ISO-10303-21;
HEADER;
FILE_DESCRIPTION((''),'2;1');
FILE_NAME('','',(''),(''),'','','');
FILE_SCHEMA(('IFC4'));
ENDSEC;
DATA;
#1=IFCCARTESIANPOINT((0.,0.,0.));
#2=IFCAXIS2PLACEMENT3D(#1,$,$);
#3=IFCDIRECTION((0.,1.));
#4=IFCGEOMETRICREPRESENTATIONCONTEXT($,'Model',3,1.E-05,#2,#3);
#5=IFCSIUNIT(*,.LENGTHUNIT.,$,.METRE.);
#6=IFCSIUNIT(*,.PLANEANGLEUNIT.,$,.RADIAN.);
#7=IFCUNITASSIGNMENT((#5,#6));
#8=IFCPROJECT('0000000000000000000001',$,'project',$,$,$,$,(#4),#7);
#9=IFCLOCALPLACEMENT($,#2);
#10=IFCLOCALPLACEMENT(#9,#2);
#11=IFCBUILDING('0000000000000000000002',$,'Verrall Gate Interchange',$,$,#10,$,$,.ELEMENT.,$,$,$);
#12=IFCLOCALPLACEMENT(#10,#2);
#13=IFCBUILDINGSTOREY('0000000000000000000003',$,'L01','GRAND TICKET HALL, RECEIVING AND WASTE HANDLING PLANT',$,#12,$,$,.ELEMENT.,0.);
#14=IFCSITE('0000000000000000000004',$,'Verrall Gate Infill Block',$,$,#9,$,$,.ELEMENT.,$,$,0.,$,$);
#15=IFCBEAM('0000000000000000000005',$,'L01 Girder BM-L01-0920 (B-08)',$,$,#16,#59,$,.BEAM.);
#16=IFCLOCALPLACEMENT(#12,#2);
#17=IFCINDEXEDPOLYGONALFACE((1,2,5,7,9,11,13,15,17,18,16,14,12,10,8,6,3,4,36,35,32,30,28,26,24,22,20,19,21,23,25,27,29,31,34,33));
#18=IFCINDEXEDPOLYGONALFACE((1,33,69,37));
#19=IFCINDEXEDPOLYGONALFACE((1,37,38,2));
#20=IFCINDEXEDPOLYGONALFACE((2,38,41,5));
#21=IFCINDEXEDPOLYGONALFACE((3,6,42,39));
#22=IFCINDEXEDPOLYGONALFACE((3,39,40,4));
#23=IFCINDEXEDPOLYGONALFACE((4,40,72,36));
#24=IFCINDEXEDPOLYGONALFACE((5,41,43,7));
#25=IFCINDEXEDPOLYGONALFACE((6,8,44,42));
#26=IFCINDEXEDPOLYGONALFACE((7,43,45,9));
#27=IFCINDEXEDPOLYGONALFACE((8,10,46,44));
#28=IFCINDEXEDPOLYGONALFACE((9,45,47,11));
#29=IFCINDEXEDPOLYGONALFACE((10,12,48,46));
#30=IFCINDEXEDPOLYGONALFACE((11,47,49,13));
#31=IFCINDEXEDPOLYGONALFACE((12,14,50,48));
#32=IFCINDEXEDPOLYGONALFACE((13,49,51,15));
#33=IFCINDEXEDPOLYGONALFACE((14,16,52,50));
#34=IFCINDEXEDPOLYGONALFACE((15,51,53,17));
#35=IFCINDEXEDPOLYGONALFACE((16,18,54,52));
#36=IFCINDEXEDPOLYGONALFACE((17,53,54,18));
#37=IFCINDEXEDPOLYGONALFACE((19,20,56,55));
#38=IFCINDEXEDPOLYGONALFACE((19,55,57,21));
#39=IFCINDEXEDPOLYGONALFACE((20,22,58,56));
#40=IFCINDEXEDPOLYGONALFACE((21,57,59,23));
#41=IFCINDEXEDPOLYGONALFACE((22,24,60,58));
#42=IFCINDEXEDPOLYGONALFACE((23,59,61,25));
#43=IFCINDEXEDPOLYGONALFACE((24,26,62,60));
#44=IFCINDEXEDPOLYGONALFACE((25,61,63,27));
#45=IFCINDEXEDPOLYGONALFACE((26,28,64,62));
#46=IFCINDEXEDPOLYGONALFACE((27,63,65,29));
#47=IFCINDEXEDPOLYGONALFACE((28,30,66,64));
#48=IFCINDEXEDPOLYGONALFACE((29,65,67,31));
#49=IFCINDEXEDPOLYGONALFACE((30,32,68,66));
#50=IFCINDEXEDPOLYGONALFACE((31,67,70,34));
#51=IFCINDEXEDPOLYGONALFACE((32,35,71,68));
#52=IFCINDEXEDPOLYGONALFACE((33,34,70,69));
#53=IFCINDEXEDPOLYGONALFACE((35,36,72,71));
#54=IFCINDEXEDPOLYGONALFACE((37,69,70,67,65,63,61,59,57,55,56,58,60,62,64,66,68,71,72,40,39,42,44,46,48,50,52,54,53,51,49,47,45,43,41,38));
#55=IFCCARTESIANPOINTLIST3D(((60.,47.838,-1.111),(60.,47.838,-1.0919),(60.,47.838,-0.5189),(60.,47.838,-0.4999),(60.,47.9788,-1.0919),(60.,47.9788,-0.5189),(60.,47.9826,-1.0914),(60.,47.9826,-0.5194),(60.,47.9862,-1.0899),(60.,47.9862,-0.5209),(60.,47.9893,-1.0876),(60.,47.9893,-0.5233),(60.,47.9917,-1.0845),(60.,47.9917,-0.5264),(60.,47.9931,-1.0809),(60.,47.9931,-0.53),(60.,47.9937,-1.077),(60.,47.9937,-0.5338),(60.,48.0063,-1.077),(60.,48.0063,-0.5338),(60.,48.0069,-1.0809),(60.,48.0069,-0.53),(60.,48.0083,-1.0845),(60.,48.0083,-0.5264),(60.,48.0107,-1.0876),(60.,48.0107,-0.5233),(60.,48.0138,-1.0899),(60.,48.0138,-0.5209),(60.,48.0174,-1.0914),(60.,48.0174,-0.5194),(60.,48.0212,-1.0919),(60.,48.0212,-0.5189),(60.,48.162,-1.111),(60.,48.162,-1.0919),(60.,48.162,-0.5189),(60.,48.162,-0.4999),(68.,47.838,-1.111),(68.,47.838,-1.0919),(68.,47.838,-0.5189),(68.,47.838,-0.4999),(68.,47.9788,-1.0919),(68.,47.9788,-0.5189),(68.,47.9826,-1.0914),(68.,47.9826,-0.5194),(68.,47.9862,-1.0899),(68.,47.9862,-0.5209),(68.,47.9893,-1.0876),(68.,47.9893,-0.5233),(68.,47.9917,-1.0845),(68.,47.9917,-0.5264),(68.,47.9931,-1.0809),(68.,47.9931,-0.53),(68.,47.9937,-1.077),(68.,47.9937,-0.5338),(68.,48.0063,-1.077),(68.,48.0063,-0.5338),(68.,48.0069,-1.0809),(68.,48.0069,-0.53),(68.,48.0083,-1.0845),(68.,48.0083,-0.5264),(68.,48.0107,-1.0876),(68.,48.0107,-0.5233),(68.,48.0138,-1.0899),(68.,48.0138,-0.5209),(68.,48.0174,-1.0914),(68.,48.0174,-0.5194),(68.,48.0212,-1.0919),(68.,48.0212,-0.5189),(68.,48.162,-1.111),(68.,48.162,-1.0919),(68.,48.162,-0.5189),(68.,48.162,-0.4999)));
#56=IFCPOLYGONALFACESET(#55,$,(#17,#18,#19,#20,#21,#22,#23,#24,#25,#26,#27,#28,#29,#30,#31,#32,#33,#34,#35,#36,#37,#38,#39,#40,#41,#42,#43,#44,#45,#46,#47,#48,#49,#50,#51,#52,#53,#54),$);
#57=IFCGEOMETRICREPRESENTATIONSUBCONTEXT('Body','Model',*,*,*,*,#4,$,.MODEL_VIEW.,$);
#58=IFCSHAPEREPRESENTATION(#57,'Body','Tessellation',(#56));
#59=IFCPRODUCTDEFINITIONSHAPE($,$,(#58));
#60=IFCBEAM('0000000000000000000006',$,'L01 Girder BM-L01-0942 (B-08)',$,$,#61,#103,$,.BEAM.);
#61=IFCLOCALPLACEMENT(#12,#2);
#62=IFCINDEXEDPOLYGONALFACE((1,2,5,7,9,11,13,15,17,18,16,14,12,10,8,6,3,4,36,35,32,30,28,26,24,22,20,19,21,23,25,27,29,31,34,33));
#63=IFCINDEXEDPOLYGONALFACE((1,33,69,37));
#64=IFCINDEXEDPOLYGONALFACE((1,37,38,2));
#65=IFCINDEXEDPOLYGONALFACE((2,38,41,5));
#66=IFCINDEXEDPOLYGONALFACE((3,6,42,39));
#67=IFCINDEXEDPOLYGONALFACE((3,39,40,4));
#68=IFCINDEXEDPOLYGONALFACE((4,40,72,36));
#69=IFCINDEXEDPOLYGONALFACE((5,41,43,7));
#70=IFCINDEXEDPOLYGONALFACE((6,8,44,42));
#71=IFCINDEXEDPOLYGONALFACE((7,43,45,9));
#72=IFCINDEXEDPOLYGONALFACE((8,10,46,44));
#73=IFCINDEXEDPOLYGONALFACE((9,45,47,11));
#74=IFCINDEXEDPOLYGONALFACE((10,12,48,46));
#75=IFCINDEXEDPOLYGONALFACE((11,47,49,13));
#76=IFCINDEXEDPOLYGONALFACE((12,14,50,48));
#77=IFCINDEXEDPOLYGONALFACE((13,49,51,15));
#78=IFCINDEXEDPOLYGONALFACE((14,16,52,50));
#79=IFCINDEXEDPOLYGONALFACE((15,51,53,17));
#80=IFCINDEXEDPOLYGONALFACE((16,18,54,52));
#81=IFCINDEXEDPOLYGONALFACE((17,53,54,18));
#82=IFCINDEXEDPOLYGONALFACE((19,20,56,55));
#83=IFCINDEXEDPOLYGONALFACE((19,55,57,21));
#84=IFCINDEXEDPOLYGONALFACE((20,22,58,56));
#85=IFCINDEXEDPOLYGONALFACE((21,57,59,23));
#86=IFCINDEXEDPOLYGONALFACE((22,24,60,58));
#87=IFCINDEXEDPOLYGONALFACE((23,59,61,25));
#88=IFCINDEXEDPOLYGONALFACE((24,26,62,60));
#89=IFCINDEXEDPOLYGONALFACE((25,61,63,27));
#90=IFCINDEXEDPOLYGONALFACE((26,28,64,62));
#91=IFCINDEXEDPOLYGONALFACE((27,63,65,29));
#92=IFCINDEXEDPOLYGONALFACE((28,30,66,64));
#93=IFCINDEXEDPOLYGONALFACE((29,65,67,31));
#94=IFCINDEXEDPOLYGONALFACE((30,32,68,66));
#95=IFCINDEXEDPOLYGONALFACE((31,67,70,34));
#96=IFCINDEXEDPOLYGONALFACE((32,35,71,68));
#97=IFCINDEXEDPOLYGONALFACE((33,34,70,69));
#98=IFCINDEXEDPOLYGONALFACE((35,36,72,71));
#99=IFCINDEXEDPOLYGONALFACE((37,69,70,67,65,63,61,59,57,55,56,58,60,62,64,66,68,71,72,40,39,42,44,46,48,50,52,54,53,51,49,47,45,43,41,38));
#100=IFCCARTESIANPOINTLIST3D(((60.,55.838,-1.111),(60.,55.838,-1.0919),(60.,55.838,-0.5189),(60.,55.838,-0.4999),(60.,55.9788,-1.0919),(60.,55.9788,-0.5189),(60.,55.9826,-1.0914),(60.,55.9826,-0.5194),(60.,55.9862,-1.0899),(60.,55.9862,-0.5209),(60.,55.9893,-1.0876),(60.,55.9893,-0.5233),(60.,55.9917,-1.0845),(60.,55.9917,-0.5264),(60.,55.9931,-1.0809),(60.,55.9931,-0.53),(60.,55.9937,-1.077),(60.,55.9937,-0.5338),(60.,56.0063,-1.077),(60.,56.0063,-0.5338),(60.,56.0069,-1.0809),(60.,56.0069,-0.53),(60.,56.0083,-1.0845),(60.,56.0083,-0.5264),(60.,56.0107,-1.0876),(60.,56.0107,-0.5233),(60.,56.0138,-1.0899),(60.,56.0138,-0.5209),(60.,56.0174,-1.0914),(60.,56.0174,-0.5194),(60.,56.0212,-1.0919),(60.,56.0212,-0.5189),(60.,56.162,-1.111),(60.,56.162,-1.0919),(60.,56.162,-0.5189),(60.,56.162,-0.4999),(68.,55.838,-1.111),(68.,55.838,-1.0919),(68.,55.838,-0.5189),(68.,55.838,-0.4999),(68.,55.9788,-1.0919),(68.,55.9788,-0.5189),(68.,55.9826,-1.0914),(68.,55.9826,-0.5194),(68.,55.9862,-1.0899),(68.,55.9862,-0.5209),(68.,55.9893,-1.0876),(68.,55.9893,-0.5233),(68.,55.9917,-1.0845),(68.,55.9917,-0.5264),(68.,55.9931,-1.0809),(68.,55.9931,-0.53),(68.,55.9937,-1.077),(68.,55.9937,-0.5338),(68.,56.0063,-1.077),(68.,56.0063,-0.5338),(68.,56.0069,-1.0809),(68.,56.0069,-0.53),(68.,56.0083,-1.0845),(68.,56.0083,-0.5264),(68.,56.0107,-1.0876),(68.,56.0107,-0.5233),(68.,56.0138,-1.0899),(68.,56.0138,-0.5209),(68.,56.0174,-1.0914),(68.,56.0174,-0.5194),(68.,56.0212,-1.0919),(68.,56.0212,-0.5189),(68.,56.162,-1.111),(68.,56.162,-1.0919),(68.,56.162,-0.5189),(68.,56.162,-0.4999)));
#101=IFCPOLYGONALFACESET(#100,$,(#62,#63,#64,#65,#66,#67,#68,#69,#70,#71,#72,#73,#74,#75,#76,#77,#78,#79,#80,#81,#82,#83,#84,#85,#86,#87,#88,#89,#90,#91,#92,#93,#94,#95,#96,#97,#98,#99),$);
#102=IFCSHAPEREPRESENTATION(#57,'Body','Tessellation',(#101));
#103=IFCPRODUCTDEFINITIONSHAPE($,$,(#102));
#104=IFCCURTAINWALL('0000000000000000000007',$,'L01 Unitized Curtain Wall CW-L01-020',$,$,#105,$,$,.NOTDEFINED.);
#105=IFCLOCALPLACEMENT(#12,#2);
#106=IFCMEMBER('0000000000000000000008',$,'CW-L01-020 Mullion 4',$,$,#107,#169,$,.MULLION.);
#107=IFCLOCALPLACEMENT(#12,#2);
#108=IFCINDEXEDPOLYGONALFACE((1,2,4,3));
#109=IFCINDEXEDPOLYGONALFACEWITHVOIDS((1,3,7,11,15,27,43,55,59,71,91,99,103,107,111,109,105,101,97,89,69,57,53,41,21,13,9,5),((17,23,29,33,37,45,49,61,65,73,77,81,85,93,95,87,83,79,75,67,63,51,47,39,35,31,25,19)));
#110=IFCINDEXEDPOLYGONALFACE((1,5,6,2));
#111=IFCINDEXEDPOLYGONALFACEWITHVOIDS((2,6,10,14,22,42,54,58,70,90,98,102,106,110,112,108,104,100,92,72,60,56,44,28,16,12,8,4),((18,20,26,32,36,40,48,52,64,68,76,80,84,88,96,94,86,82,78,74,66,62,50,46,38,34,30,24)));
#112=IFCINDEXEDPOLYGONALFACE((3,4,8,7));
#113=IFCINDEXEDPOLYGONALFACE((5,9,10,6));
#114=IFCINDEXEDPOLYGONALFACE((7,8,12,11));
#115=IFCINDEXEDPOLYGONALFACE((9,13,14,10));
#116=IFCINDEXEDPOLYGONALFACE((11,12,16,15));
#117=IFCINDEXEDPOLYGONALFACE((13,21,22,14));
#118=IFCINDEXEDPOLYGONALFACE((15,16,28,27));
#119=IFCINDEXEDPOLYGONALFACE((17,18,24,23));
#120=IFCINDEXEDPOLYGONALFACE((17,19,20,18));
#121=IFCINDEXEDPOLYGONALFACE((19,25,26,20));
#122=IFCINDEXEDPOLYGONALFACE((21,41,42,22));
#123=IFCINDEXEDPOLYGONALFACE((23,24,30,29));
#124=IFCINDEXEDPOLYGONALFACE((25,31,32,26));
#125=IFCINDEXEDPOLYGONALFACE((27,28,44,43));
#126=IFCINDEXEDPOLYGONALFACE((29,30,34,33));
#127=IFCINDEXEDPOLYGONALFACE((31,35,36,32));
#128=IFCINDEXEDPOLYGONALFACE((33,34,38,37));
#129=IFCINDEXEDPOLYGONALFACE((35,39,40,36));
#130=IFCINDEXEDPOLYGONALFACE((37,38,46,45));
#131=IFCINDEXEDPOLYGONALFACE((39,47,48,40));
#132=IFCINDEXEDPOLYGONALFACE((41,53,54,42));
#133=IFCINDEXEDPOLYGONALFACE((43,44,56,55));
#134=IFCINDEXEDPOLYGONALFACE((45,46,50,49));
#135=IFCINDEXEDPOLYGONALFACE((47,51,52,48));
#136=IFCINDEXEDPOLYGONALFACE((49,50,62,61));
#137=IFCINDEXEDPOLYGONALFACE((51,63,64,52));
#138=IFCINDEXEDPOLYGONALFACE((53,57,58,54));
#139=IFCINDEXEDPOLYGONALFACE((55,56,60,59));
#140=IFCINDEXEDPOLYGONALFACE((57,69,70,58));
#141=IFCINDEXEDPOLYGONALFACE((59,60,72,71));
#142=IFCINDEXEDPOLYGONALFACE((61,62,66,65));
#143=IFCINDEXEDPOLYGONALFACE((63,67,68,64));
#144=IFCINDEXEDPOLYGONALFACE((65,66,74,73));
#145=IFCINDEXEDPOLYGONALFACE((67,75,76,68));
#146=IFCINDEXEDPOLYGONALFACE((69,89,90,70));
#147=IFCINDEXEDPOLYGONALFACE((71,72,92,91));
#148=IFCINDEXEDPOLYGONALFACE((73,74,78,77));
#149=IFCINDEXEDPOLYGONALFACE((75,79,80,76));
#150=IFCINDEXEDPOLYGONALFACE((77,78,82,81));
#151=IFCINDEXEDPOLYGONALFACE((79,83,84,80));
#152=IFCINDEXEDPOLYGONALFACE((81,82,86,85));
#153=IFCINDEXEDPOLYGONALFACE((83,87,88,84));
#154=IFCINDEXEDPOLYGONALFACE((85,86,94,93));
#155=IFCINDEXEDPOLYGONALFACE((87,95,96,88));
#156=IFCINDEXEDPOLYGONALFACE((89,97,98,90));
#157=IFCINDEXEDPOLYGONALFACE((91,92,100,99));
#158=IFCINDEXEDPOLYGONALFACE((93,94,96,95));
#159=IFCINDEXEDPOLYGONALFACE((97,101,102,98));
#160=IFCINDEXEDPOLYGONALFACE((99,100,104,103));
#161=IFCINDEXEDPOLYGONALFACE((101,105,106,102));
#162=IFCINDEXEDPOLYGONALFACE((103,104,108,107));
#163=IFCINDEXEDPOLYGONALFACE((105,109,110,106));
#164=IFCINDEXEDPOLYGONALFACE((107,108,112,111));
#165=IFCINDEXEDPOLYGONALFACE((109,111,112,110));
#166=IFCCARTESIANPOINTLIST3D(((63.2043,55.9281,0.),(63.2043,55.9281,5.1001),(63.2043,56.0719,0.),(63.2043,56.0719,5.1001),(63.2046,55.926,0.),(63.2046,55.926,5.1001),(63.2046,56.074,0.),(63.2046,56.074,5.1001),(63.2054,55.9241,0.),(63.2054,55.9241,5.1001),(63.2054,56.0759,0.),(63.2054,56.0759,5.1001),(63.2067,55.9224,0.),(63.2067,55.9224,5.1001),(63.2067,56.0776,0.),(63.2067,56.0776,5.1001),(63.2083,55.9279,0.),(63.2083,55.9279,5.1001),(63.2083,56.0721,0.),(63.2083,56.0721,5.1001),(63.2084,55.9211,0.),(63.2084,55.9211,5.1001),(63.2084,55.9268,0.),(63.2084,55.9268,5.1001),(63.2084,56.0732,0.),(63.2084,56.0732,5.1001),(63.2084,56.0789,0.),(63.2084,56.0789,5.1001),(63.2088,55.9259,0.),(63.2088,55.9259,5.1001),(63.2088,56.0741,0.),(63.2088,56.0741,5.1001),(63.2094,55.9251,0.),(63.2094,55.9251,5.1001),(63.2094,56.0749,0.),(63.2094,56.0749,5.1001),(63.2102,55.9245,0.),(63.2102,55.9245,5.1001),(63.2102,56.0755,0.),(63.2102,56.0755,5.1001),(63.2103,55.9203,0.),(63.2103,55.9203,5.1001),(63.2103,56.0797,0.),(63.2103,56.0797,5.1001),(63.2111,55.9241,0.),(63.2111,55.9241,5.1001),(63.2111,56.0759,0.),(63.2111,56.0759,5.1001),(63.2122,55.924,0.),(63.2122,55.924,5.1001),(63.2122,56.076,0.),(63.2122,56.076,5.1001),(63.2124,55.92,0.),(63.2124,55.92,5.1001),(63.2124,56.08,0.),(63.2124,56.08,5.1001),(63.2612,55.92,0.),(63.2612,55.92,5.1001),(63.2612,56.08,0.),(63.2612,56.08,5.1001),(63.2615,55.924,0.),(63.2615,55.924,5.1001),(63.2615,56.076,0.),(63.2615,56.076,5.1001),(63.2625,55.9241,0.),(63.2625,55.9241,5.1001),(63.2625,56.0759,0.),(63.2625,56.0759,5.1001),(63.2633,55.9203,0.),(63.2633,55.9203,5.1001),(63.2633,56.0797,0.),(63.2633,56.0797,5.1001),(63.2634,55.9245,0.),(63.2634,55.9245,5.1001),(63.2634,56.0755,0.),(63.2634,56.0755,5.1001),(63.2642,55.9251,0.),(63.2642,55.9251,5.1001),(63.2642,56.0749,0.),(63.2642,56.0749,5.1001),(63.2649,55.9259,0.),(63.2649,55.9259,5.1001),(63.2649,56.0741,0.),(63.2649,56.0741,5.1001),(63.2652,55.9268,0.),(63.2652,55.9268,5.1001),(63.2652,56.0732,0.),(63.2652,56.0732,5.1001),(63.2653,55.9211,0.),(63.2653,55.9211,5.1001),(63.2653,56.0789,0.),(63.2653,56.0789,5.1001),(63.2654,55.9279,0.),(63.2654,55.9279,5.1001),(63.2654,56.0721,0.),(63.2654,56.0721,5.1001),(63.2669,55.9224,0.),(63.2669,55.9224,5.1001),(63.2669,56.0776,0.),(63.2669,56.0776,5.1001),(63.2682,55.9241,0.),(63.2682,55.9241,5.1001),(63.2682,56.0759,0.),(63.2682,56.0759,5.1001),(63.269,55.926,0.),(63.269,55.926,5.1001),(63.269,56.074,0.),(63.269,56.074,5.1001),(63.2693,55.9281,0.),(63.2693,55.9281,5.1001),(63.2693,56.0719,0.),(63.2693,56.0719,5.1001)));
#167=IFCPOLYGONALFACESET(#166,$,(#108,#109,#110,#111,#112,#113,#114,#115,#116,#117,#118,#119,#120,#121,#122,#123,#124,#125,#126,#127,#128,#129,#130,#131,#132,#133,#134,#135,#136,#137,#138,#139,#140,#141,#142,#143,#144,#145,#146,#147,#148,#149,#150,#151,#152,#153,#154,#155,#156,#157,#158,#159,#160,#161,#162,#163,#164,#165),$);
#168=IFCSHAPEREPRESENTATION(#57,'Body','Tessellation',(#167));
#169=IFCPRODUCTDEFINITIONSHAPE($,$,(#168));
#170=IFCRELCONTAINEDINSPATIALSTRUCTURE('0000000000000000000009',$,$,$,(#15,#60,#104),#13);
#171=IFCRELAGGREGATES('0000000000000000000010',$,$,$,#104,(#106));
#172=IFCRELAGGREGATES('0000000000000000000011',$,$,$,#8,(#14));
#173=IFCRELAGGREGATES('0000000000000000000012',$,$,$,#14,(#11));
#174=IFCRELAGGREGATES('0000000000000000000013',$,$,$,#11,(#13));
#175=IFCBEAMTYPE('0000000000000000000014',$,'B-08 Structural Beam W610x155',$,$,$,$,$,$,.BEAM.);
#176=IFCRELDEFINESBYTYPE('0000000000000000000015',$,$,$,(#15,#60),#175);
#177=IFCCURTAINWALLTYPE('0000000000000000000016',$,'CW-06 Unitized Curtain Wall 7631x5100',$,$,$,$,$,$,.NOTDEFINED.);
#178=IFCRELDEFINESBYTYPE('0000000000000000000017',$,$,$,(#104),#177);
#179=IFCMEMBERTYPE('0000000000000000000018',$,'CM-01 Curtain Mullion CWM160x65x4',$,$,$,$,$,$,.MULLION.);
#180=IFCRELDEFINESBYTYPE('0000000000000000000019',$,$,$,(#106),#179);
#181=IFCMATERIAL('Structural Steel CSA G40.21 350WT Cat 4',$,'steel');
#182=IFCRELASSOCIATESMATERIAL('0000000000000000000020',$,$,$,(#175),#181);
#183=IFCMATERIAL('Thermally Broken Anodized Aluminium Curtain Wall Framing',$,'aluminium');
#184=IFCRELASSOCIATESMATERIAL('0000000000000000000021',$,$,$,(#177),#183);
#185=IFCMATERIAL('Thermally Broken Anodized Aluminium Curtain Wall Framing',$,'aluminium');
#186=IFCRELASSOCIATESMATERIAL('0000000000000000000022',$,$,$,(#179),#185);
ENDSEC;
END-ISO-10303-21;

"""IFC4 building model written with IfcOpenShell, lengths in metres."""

from ifc_helpers import new_model, si_unit, direction, frame, origin, origin_2d, place, context, subcontext, project, spatial, hollow_rectangle, i_section, extrude, material, material_profile, profile_set, type_object, element, aggregate, save


model = new_model("IFC4")

# Units and contexts
model_context = context("Model", 3, precision=1e-05, world=origin(), true_north=direction((0.0, 1.0)))
body_context = subcontext(model_context, "Body", "Model", "MODEL_VIEW")
ifc_project = project(units=[si_unit("LENGTHUNIT", "METRE"), si_unit("PLANEANGLEUNIT", "RADIAN")], contexts=[model_context])

# Site, building, storey
site_placement = place(None, origin())
site = spatial("IfcSite", under=ifc_project, at=site_placement, Name="Verrall Gate Infill Block", CompositionType="ELEMENT", RefElevation=0.0)
building_placement = place(site_placement, origin())
building = spatial("IfcBuilding", under=site, at=building_placement, Name="Verrall Gate Interchange", CompositionType="ELEMENT")
storey_placement = place(building_placement, origin())
storey = spatial("IfcBuildingStorey", under=building, at=storey_placement, Name="L01", Description="GRAND TICKET HALL, RECEIVING AND WASTE HANDLING PLANT", CompositionType="ELEMENT", Elevation=0.0)

# Beams
ifc_material_1 = material(Name="Structural Steel CSA G40.21 350WT Cat 4", Category="steel")
ifc_material_profile_1 = material_profile(ifc_material_1, i_section(OverallWidth=0.324, OverallDepth=0.6111, WebThickness=0.0127, FlangeThickness=0.019, FilletRadius=0.0149, at=origin_2d()), Name="W610x155")
ifc_profile_set_1 = profile_set([ifc_material_profile_1], Name="Structural Steel CSA G40.21 350WT Cat 4")
beam_type_1 = type_object("IfcBeamType", Name="B-08 Structural Beam W610x155", PredefinedType="BEAM", material=ifc_profile_set_1)
for number, where, z_axis, x_axis, name in (
    (1, (60.0, 48.0, -0.8054), (1.0, 0.0, 0.0), (0.0, 1.0, 0.0), "L01 Girder BM-L01-0920 (B-08)"),
    (2, (60.0, 56.0, -0.8054), (1.0, 0.0, 0.0), (0.0, 1.0, 0.0), "L01 Girder BM-L01-0942 (B-08)"),
):
    element("IfcBeam", number, at=place(storey_placement, frame(where, z_axis=z_axis, x_axis=x_axis)), inside=storey, type_object=beam_type_1, Name=name, PredefinedType="BEAM", context=body_context, shape_type="SweptSolid", body=[
        extrude(i_section(OverallWidth=0.324, OverallDepth=0.6111, WebThickness=0.0127, FlangeThickness=0.019, FilletRadius=0.0149, at=origin_2d()), origin(), (0.0, 0.0, 1.0), 8.0),
    ])

# Curtain wall, member
ifc_material_2 = material(Name="Thermally Broken Anodized Aluminium Curtain Wall Framing", Category="aluminium")
curtain_wall_type = type_object("IfcCurtainWallType", Name="CW-06 Unitized Curtain Wall 7631x5100", PredefinedType="NOTDEFINED", material=ifc_material_2)
curtain_wall_placement = place(storey_placement, origin())
curtain_wall = element("IfcCurtainWall", 3, at=curtain_wall_placement, inside=storey, type_object=curtain_wall_type, Name="L01 Unitized Curtain Wall CW-L01-020", PredefinedType="NOTDEFINED")
ifc_material_3 = material(Name="Thermally Broken Anodized Aluminium Curtain Wall Framing", Category="aluminium")
ifc_material_profile_2 = material_profile(ifc_material_3, hollow_rectangle(XDim=0.0649, YDim=0.1599, WallThickness=0.0039, InnerFilletRadius=0.0039, OuterFilletRadius=0.0081, at=origin_2d()), Name="CWM160x65x4")
ifc_profile_set_2 = profile_set([ifc_material_profile_2], Name="Thermally Broken Anodized Aluminium Curtain Wall Framing")
member_type = type_object("IfcMemberType", Name="CM-01 Curtain Mullion CWM160x65x4", PredefinedType="MULLION", material=ifc_profile_set_2)
member_1_placement = place(storey_placement, frame((63.2368, 56.0, 0.0), z_axis=(0.0, 0.0, 1.0), x_axis=(-1.0, 0.0, 0.0)))
member_1 = element("IfcMember", 4, at=member_1_placement, type_object=member_type, Name="CW-L01-020 Mullion 4", PredefinedType="MULLION", context=body_context, shape_type="SweptSolid", body=[
    extrude(hollow_rectangle(XDim=0.0649, YDim=0.1599, WallThickness=0.0039, InnerFilletRadius=0.0039, OuterFilletRadius=0.0081, at=origin_2d()), origin(), (0.0, 0.0, 1.0), 5.1001),
])

aggregate(curtain_wall, [member_1])

save(model, "model.ifc")
